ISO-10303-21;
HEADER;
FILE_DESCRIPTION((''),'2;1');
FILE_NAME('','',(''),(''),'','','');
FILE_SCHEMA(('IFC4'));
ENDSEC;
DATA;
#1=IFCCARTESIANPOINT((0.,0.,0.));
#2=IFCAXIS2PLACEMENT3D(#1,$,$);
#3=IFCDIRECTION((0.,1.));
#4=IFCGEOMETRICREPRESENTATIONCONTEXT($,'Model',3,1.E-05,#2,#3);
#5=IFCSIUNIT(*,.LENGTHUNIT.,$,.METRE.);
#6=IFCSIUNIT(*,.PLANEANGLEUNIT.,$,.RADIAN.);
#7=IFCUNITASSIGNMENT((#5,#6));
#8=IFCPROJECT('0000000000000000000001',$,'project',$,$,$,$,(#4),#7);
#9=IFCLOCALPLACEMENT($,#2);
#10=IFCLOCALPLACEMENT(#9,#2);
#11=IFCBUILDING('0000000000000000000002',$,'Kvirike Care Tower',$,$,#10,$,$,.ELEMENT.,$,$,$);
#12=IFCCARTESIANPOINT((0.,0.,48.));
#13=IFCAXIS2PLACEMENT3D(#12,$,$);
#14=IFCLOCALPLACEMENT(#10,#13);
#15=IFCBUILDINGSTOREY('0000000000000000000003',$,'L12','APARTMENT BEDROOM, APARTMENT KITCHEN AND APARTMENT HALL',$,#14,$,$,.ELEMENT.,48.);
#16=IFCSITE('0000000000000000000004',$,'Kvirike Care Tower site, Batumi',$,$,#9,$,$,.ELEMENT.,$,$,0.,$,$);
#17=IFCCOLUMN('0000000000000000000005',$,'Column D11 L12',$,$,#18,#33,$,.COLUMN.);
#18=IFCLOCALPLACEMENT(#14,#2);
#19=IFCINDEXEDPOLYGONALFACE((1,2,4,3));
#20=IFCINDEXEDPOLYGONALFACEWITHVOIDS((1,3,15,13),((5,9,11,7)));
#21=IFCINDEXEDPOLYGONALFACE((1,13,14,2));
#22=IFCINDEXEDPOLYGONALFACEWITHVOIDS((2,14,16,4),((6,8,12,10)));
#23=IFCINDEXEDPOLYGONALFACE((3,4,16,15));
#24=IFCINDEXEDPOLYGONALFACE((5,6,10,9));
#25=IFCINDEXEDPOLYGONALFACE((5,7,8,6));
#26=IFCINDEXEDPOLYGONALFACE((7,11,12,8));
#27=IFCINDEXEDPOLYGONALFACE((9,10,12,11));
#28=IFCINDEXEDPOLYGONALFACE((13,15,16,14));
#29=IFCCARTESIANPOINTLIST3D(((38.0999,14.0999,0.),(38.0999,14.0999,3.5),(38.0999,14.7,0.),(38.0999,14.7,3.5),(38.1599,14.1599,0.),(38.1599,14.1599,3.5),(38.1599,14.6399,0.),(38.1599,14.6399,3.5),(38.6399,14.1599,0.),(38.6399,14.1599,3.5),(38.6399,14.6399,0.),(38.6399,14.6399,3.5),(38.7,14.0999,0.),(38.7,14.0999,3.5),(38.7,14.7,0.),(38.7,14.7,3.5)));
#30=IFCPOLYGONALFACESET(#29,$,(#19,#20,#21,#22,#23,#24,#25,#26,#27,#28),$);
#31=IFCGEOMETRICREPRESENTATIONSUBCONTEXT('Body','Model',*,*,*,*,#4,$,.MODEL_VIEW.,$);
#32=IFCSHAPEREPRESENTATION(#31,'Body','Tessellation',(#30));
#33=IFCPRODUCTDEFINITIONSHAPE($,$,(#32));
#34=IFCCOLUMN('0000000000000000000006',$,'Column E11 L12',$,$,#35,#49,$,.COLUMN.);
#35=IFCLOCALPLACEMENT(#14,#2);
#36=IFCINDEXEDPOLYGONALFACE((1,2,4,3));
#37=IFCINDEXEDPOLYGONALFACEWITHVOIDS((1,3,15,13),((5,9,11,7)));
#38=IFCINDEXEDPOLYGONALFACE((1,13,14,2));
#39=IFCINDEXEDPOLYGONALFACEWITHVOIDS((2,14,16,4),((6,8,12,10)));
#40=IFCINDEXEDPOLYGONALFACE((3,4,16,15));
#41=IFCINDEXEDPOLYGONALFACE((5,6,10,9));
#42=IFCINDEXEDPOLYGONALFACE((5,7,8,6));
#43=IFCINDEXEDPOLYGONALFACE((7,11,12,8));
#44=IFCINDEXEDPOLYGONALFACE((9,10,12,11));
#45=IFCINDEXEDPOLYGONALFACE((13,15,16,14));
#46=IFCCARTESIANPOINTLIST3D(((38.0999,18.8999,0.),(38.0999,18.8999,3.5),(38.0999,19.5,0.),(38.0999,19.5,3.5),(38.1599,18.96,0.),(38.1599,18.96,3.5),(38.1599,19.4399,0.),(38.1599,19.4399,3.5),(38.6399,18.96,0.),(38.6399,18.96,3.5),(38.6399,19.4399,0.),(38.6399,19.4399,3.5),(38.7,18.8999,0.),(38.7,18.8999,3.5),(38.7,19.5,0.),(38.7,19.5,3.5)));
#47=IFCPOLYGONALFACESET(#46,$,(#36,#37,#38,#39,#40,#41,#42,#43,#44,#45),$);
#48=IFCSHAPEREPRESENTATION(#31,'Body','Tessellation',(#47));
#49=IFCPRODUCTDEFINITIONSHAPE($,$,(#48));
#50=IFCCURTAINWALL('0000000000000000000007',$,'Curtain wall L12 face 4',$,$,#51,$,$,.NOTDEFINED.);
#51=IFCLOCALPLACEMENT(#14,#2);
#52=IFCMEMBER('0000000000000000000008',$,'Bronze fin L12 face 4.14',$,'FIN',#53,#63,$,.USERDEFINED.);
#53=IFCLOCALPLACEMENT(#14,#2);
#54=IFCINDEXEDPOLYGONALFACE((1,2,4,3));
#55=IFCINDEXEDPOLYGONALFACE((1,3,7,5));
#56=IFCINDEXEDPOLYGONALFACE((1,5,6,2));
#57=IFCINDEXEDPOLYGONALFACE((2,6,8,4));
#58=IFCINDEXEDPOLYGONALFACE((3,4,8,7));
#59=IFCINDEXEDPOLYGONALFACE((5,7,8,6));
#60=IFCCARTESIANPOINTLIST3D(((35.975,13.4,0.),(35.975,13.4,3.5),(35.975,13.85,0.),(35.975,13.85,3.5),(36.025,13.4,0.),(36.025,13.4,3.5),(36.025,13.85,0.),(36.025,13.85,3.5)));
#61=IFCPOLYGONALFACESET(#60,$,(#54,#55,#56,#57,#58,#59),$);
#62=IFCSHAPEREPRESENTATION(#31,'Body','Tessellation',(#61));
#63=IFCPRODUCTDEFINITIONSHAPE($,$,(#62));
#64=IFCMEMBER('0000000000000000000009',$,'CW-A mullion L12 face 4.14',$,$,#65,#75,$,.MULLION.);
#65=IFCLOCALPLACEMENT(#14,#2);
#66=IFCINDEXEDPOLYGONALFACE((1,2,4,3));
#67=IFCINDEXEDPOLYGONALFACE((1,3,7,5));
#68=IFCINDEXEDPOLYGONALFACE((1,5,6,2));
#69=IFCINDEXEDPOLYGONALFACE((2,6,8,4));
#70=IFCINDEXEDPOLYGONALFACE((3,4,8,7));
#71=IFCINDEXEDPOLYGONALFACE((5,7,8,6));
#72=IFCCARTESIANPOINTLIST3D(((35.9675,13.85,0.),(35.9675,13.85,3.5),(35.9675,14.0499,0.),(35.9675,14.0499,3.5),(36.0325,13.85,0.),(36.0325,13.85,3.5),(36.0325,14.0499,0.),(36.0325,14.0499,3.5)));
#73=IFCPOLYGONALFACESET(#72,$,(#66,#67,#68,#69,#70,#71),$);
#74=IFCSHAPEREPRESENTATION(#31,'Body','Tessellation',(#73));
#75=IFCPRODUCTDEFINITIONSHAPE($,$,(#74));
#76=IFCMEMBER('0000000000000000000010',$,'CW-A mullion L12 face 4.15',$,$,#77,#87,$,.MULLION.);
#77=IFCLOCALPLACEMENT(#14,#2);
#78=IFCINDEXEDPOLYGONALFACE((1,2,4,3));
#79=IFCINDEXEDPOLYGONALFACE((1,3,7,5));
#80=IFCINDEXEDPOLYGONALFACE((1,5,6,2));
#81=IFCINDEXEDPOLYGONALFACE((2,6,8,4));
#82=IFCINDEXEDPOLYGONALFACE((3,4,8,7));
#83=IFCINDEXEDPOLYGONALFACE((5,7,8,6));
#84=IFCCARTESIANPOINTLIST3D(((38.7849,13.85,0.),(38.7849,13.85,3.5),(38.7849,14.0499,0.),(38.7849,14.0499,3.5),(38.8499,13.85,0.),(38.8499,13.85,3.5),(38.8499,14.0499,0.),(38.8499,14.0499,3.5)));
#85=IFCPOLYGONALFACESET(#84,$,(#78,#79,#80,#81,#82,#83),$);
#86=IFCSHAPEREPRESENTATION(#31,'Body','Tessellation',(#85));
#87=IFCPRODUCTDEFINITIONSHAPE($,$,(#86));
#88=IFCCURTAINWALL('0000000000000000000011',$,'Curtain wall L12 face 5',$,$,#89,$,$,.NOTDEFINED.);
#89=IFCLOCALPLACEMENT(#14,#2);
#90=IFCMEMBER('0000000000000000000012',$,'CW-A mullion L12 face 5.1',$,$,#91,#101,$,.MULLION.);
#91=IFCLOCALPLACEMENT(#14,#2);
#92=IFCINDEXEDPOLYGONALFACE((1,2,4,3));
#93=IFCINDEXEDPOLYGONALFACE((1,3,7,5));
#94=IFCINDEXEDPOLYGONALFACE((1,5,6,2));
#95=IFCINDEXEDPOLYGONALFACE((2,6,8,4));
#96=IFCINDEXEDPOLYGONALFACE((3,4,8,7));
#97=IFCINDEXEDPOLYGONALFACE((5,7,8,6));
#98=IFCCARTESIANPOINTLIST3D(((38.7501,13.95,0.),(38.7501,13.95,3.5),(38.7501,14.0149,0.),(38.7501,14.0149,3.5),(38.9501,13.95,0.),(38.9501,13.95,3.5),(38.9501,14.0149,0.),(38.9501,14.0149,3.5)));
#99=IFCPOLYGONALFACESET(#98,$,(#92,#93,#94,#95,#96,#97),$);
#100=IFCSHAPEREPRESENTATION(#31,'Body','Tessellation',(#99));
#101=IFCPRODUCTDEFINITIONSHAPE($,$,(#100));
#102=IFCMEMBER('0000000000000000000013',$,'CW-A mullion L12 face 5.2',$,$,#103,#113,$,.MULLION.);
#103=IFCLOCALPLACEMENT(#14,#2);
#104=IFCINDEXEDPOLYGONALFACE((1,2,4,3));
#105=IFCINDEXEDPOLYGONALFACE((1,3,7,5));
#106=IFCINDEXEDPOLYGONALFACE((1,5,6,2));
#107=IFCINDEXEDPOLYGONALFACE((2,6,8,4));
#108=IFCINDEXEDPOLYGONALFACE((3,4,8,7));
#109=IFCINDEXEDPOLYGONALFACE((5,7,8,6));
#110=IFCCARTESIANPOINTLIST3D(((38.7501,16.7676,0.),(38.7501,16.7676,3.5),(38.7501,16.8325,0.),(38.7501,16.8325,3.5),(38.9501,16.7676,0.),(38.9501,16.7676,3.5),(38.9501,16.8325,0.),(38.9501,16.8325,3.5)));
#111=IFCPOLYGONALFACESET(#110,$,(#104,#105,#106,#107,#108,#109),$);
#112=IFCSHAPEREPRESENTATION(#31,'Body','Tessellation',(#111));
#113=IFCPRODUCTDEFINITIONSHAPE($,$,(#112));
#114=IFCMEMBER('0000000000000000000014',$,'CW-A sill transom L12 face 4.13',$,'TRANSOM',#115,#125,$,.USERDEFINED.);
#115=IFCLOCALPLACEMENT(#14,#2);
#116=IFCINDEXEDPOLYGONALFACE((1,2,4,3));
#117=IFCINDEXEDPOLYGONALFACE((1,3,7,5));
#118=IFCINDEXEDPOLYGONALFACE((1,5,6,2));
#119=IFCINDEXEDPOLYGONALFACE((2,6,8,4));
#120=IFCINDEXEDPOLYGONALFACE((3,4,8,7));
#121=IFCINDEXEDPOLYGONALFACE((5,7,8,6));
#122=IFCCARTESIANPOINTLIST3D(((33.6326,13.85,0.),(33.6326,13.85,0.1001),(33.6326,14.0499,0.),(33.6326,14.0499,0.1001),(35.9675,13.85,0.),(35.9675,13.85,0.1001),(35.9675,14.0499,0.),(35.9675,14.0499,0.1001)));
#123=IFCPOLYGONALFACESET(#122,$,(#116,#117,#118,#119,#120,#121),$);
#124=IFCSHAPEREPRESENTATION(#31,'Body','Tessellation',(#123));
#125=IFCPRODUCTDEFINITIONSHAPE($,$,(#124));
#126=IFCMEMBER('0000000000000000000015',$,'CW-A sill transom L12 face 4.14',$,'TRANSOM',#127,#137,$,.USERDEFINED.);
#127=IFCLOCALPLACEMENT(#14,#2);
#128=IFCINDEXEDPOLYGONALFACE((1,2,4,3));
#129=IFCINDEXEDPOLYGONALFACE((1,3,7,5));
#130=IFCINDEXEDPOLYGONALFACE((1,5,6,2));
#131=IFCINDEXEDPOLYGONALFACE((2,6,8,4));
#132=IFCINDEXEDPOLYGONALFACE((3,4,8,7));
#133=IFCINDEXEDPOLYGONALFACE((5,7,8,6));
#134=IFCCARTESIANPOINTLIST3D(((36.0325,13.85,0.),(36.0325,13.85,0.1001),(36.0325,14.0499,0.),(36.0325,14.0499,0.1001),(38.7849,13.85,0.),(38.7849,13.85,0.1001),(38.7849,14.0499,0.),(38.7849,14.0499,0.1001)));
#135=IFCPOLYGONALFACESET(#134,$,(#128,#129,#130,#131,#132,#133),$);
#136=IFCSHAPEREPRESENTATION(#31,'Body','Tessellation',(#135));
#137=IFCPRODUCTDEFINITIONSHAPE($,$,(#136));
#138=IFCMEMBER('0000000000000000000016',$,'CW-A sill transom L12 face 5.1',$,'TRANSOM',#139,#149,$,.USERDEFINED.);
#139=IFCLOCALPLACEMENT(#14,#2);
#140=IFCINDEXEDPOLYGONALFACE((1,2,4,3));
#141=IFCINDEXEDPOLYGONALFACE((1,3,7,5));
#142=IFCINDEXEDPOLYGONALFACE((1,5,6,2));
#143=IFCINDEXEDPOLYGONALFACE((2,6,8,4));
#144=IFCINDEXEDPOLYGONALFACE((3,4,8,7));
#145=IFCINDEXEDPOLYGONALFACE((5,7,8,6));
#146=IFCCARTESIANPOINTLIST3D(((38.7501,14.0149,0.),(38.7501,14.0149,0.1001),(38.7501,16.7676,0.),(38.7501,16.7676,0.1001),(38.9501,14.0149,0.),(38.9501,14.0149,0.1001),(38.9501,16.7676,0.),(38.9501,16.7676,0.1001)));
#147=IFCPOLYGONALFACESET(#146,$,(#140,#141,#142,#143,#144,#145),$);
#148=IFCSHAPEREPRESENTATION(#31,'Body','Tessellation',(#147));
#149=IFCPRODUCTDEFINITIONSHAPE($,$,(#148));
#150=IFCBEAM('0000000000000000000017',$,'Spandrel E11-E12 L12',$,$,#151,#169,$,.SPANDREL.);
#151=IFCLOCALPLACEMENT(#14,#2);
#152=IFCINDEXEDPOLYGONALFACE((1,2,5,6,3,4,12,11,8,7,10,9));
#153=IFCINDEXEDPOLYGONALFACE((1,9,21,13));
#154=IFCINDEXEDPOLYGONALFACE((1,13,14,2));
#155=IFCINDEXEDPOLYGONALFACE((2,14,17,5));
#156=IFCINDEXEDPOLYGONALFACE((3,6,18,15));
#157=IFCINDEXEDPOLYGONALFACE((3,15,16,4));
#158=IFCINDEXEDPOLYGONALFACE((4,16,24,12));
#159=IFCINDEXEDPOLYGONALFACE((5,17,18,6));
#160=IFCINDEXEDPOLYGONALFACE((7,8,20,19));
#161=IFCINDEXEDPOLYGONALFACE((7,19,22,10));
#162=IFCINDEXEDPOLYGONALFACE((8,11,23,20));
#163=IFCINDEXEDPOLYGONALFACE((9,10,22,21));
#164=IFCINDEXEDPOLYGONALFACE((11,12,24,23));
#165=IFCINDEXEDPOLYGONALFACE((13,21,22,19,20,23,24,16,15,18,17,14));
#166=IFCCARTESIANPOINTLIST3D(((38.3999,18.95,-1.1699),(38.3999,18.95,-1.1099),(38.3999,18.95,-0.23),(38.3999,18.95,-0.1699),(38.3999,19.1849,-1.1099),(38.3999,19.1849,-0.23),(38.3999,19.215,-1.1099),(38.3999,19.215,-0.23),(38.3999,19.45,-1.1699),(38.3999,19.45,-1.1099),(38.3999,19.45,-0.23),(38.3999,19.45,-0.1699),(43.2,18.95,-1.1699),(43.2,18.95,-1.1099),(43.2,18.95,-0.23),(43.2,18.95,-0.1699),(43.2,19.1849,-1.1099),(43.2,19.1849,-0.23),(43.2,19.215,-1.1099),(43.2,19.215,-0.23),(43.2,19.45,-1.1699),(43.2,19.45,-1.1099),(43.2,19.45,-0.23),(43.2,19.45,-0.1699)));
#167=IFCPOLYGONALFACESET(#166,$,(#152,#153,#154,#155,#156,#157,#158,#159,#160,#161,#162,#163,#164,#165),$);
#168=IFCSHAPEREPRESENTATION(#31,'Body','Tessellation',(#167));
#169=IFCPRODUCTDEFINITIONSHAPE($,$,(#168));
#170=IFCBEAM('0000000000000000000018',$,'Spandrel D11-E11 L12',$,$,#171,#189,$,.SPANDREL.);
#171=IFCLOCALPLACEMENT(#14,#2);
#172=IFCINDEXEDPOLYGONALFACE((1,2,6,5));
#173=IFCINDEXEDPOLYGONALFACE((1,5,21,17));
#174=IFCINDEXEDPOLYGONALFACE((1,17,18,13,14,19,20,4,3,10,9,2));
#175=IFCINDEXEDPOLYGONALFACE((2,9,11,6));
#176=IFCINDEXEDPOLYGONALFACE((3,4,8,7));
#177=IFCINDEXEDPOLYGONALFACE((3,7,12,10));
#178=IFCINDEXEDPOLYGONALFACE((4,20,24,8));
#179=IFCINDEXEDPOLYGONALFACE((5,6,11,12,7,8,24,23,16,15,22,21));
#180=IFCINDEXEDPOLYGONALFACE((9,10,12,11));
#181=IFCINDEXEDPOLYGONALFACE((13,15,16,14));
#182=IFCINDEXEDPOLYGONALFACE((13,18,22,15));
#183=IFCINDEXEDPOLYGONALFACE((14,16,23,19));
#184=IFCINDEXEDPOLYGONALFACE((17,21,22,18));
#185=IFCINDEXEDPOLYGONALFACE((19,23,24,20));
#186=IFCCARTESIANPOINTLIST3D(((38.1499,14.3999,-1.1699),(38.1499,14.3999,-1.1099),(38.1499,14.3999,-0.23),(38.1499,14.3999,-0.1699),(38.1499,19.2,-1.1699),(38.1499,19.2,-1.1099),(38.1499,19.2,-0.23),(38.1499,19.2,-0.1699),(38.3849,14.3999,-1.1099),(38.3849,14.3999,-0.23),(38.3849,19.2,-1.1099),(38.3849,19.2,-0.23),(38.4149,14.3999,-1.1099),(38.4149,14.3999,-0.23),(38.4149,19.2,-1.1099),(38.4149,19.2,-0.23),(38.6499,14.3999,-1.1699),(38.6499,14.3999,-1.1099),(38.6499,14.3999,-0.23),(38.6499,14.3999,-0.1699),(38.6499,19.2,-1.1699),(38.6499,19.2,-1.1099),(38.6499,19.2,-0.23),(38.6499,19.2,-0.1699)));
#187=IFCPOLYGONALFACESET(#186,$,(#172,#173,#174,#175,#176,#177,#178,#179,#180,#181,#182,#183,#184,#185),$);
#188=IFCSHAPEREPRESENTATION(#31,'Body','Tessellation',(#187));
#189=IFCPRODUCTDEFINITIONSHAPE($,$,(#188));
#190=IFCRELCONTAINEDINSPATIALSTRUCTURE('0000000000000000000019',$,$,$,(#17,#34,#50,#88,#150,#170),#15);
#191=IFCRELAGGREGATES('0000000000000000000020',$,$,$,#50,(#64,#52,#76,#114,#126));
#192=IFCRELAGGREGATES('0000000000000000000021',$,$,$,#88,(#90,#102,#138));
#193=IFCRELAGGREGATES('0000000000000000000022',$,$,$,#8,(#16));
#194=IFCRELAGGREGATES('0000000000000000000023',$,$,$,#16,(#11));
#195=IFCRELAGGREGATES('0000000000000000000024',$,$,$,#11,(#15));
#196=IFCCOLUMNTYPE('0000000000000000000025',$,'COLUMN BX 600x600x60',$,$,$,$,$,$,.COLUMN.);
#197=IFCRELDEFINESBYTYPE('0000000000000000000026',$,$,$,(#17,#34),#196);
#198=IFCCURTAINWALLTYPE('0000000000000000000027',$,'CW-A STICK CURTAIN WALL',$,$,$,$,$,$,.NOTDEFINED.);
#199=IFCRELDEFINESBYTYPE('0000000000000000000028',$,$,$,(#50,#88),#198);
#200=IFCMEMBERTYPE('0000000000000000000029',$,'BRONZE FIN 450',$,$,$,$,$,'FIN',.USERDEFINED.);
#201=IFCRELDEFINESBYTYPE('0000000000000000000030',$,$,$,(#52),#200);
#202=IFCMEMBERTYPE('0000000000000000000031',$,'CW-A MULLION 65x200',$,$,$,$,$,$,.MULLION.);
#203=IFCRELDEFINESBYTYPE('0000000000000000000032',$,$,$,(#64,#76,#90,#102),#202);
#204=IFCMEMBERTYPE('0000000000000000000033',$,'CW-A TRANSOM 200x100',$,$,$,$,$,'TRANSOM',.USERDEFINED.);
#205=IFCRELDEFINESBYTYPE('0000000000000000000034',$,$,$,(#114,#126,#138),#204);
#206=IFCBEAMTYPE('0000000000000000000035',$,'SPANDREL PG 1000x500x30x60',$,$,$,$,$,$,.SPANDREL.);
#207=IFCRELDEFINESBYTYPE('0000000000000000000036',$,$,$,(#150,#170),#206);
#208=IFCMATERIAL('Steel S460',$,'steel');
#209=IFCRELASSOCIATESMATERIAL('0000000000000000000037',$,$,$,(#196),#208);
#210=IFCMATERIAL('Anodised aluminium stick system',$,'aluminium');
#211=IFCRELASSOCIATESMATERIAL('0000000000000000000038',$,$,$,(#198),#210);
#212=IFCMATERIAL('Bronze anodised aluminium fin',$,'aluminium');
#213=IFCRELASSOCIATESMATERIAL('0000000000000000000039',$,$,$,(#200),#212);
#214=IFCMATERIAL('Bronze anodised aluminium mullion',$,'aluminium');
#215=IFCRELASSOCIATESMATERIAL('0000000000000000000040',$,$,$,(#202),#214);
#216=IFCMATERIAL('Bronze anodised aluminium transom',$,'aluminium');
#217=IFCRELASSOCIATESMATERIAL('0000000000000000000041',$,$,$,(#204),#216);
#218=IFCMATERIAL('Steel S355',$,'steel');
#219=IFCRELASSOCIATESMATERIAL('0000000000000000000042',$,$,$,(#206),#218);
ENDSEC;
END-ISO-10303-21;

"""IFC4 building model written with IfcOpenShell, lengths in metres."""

from ifc_helpers import new_model, si_unit, direction, frame, origin, origin_2d, place, context, subcontext, project, spatial, rectangle, hollow_rectangle, i_section, extrude, material, material_profile, profile_set, type_object, element, aggregate, save


model = new_model("IFC4")

# Units and contexts
model_context = context("Model", 3, precision=1e-05, world=origin(), true_north=direction((0.0, 1.0)))
body_context = subcontext(model_context, "Body", "Model", "MODEL_VIEW")
ifc_project = project(units=[si_unit("LENGTHUNIT", "METRE"), si_unit("PLANEANGLEUNIT", "RADIAN")], contexts=[model_context])

# Site, building, storey
site_placement = place(None, origin())
site = spatial("IfcSite", under=ifc_project, at=site_placement, Name="Kvirike Care Tower site, Batumi", CompositionType="ELEMENT", RefElevation=0.0)
building_placement = place(site_placement, origin())
building = spatial("IfcBuilding", under=site, at=building_placement, Name="Kvirike Care Tower", CompositionType="ELEMENT")
storey_placement = place(building_placement, frame((0.0, 0.0, 48.0)))
storey = spatial("IfcBuildingStorey", under=building, at=storey_placement, Name="L12", Description="APARTMENT BEDROOM, APARTMENT KITCHEN AND APARTMENT HALL", CompositionType="ELEMENT", Elevation=48.0)

# Columns
ifc_material_1 = material(Name="Steel S460", Category="steel")
ifc_material_profile_1 = material_profile(ifc_material_1, hollow_rectangle(XDim=0.6001, YDim=0.6001, WallThickness=0.0601, at=origin_2d()), Name="BX 600x600x60")
ifc_profile_set_1 = profile_set([ifc_material_profile_1], Name="Steel S460")
column_type = type_object("IfcColumnType", Name="COLUMN BX 600x600x60", PredefinedType="COLUMN", material=ifc_profile_set_1)
for number, where, z_axis, x_axis, name in (
    (1, (38.3999, 14.3999, 0.0), (0.0, 0.0, 1.0), (0.0, 1.0, 0.0), "Column D11 L12"),
    (2, (38.3999, 19.2, 0.0), (0.0, 0.0, 1.0), (0.0, 1.0, 0.0), "Column E11 L12"),
):
    element("IfcColumn", number, at=place(storey_placement, frame(where, z_axis=z_axis, x_axis=x_axis)), inside=storey, type_object=column_type, Name=name, PredefinedType="COLUMN", context=body_context, shape_type="SweptSolid", body=[
        extrude(hollow_rectangle(XDim=0.6001, YDim=0.6001, WallThickness=0.0601, at=origin_2d()), origin(), (0.0, 0.0, 1.0), 3.5),
    ])

# Curtain walls, members
ifc_material_2 = material(Name="Anodised aluminium stick system", Category="aluminium")
curtain_wall_type = type_object("IfcCurtainWallType", Name="CW-A STICK CURTAIN WALL", PredefinedType="NOTDEFINED", material=ifc_material_2)
curtain_wall_1_placement = place(storey_placement, origin())
curtain_wall_1 = element("IfcCurtainWall", 3, at=curtain_wall_1_placement, inside=storey, type_object=curtain_wall_type, Name="Curtain wall L12 face 4", PredefinedType="NOTDEFINED")
ifc_material_3 = material(Name="Bronze anodised aluminium fin", Category="aluminium")
ifc_material_profile_2 = material_profile(ifc_material_3, rectangle(XDim=0.05, YDim=0.45, at=origin_2d()), Name="BRONZE FIN 450")
ifc_profile_set_2 = profile_set([ifc_material_profile_2], Name="Bronze anodised aluminium fin")
member_type_1 = type_object("IfcMemberType", Name="BRONZE FIN 450", ElementType="FIN", PredefinedType="USERDEFINED", material=ifc_profile_set_2)
member_1_placement = place(storey_placement, frame((36.0, 13.625, 0.0), z_axis=(0.0, 0.0, 1.0), x_axis=(1.0, 0.0, 0.0)))
member_1 = element("IfcMember", 4, at=member_1_placement, type_object=member_type_1, Name="Bronze fin L12 face 4.14", ObjectType="FIN", PredefinedType="USERDEFINED", context=body_context, shape_type="SweptSolid", body=[
    extrude(rectangle(XDim=0.05, YDim=0.45, at=origin_2d()), origin(), (0.0, 0.0, 1.0), 3.5),
])
ifc_material_4 = material(Name="Bronze anodised aluminium mullion", Category="aluminium")
ifc_material_profile_3 = material_profile(ifc_material_4, rectangle(XDim=0.0649, YDim=0.2, at=origin_2d()), Name="CW-A MULLION 65x200")
ifc_profile_set_3 = profile_set([ifc_material_profile_3], Name="Bronze anodised aluminium mullion")
member_type_2 = type_object("IfcMemberType", Name="CW-A MULLION 65x200", PredefinedType="MULLION", material=ifc_profile_set_3)
member_2_placement = place(storey_placement, frame((36.0, 13.95, 0.0), z_axis=(0.0, 0.0, 1.0), x_axis=(1.0, 0.0, 0.0)))
member_2 = element("IfcMember", 5, at=member_2_placement, type_object=member_type_2, Name="CW-A mullion L12 face 4.14", PredefinedType="MULLION", context=body_context, shape_type="SweptSolid", body=[
    extrude(rectangle(XDim=0.0649, YDim=0.2, at=origin_2d()), origin(), (0.0, 0.0, 1.0), 3.5),
])
member_3_placement = place(storey_placement, frame((38.8174, 13.95, 0.0), z_axis=(0.0, 0.0, 1.0), x_axis=(1.0, 0.0, 0.0)))
member_3 = element("IfcMember", 6, at=member_3_placement, type_object=member_type_2, Name="CW-A mullion L12 face 4.15", PredefinedType="MULLION", context=body_context, shape_type="SweptSolid", body=[
    extrude(rectangle(XDim=0.0649, YDim=0.2, at=origin_2d()), origin(), (0.0, 0.0, 1.0), 3.5),
])
curtain_wall_2_placement = place(storey_placement, origin())
curtain_wall_2 = element("IfcCurtainWall", 7, at=curtain_wall_2_placement, inside=storey, type_object=curtain_wall_type, Name="Curtain wall L12 face 5", PredefinedType="NOTDEFINED")
member_4_placement = place(storey_placement, frame((38.8501, 13.9824, 0.0), z_axis=(0.0, 0.0, 1.0), x_axis=(0.0, 1.0, 0.0)))
member_4 = element("IfcMember", 8, at=member_4_placement, type_object=member_type_2, Name="CW-A mullion L12 face 5.1", PredefinedType="MULLION", context=body_context, shape_type="SweptSolid", body=[
    extrude(rectangle(XDim=0.0649, YDim=0.2, at=origin_2d()), origin(), (0.0, 0.0, 1.0), 3.5),
])
member_5_placement = place(storey_placement, frame((38.8501, 16.8, 0.0), z_axis=(0.0, 0.0, 1.0), x_axis=(0.0, 1.0, 0.0)))
member_5 = element("IfcMember", 9, at=member_5_placement, type_object=member_type_2, Name="CW-A mullion L12 face 5.2", PredefinedType="MULLION", context=body_context, shape_type="SweptSolid", body=[
    extrude(rectangle(XDim=0.0649, YDim=0.2, at=origin_2d()), origin(), (0.0, 0.0, 1.0), 3.5),
])

# Members
ifc_material_5 = material(Name="Bronze anodised aluminium transom", Category="aluminium")
ifc_material_profile_4 = material_profile(ifc_material_5, rectangle(XDim=0.2, YDim=0.1001, at=origin_2d()), Name="CW-A TRANSOM 200x100")
ifc_profile_set_4 = profile_set([ifc_material_profile_4], Name="Bronze anodised aluminium transom")
member_type_3 = type_object("IfcMemberType", Name="CW-A TRANSOM 200x100", ElementType="TRANSOM", PredefinedType="USERDEFINED", material=ifc_profile_set_4)
member_6_placement = place(storey_placement, frame((33.6326, 13.95, 0.05), z_axis=(1.0, 0.0, 0.0), x_axis=(0.0, 1.0, 0.0)))
member_6 = element("IfcMember", 10, at=member_6_placement, type_object=member_type_3, Name="CW-A sill transom L12 face 4.13", ObjectType="TRANSOM", PredefinedType="USERDEFINED", context=body_context, shape_type="SweptSolid", body=[
    extrude(rectangle(XDim=0.2, YDim=0.1001, at=origin_2d()), origin(), (0.0, 0.0, 1.0), 2.335),
])
member_7_placement = place(storey_placement, frame((36.0325, 13.95, 0.05), z_axis=(1.0, 0.0, 0.0), x_axis=(0.0, 1.0, 0.0)))
member_7 = element("IfcMember", 11, at=member_7_placement, type_object=member_type_3, Name="CW-A sill transom L12 face 4.14", ObjectType="TRANSOM", PredefinedType="USERDEFINED", context=body_context, shape_type="SweptSolid", body=[
    extrude(rectangle(XDim=0.2, YDim=0.1001, at=origin_2d()), origin(), (0.0, 0.0, 1.0), 2.7524),
])
member_8_placement = place(storey_placement, frame((38.8501, 14.0149, 0.05), z_axis=(0.0, 1.0, 0.0), x_axis=(-1.0, 0.0, 0.0)))
member_8 = element("IfcMember", 12, at=member_8_placement, type_object=member_type_3, Name="CW-A sill transom L12 face 5.1", ObjectType="TRANSOM", PredefinedType="USERDEFINED", context=body_context, shape_type="SweptSolid", body=[
    extrude(rectangle(XDim=0.2, YDim=0.1001, at=origin_2d()), origin(), (0.0, 0.0, 1.0), 2.7527),
])

# Beams
ifc_material_6 = material(Name="Steel S355", Category="steel")
ifc_material_profile_5 = material_profile(ifc_material_6, i_section(OverallWidth=0.5, OverallDepth=1.0, WebThickness=0.03, FlangeThickness=0.0601, at=origin_2d()), Name="PG 1000x500x30x60")
ifc_profile_set_5 = profile_set([ifc_material_profile_5], Name="Steel S355")
beam_type = type_object("IfcBeamType", Name="SPANDREL PG 1000x500x30x60", PredefinedType="SPANDREL", material=ifc_profile_set_5)
for number, where, z_axis, x_axis, name in (
    (13, (38.3999, 19.2, -0.6699), (1.0, 0.0, 0.0), (0.0, 1.0, 0.0), "Spandrel E11-E12 L12"),
    (14, (38.3999, 14.3999, -0.6699), (0.0, 1.0, 0.0), (-1.0, 0.0, 0.0), "Spandrel D11-E11 L12"),
):
    element("IfcBeam", number, at=place(storey_placement, frame(where, z_axis=z_axis, x_axis=x_axis)), inside=storey, type_object=beam_type, Name=name, PredefinedType="SPANDREL", context=body_context, shape_type="SweptSolid", body=[
        extrude(i_section(OverallWidth=0.5, OverallDepth=1.0, WebThickness=0.03, FlangeThickness=0.0601, at=origin_2d()), origin(), (0.0, 0.0, 1.0), 4.8),
    ])

aggregate(curtain_wall_1, [member_2, member_1, member_3, member_6, member_7])
aggregate(curtain_wall_2, [member_4, member_5, member_8])

save(model, "model.ifc")
